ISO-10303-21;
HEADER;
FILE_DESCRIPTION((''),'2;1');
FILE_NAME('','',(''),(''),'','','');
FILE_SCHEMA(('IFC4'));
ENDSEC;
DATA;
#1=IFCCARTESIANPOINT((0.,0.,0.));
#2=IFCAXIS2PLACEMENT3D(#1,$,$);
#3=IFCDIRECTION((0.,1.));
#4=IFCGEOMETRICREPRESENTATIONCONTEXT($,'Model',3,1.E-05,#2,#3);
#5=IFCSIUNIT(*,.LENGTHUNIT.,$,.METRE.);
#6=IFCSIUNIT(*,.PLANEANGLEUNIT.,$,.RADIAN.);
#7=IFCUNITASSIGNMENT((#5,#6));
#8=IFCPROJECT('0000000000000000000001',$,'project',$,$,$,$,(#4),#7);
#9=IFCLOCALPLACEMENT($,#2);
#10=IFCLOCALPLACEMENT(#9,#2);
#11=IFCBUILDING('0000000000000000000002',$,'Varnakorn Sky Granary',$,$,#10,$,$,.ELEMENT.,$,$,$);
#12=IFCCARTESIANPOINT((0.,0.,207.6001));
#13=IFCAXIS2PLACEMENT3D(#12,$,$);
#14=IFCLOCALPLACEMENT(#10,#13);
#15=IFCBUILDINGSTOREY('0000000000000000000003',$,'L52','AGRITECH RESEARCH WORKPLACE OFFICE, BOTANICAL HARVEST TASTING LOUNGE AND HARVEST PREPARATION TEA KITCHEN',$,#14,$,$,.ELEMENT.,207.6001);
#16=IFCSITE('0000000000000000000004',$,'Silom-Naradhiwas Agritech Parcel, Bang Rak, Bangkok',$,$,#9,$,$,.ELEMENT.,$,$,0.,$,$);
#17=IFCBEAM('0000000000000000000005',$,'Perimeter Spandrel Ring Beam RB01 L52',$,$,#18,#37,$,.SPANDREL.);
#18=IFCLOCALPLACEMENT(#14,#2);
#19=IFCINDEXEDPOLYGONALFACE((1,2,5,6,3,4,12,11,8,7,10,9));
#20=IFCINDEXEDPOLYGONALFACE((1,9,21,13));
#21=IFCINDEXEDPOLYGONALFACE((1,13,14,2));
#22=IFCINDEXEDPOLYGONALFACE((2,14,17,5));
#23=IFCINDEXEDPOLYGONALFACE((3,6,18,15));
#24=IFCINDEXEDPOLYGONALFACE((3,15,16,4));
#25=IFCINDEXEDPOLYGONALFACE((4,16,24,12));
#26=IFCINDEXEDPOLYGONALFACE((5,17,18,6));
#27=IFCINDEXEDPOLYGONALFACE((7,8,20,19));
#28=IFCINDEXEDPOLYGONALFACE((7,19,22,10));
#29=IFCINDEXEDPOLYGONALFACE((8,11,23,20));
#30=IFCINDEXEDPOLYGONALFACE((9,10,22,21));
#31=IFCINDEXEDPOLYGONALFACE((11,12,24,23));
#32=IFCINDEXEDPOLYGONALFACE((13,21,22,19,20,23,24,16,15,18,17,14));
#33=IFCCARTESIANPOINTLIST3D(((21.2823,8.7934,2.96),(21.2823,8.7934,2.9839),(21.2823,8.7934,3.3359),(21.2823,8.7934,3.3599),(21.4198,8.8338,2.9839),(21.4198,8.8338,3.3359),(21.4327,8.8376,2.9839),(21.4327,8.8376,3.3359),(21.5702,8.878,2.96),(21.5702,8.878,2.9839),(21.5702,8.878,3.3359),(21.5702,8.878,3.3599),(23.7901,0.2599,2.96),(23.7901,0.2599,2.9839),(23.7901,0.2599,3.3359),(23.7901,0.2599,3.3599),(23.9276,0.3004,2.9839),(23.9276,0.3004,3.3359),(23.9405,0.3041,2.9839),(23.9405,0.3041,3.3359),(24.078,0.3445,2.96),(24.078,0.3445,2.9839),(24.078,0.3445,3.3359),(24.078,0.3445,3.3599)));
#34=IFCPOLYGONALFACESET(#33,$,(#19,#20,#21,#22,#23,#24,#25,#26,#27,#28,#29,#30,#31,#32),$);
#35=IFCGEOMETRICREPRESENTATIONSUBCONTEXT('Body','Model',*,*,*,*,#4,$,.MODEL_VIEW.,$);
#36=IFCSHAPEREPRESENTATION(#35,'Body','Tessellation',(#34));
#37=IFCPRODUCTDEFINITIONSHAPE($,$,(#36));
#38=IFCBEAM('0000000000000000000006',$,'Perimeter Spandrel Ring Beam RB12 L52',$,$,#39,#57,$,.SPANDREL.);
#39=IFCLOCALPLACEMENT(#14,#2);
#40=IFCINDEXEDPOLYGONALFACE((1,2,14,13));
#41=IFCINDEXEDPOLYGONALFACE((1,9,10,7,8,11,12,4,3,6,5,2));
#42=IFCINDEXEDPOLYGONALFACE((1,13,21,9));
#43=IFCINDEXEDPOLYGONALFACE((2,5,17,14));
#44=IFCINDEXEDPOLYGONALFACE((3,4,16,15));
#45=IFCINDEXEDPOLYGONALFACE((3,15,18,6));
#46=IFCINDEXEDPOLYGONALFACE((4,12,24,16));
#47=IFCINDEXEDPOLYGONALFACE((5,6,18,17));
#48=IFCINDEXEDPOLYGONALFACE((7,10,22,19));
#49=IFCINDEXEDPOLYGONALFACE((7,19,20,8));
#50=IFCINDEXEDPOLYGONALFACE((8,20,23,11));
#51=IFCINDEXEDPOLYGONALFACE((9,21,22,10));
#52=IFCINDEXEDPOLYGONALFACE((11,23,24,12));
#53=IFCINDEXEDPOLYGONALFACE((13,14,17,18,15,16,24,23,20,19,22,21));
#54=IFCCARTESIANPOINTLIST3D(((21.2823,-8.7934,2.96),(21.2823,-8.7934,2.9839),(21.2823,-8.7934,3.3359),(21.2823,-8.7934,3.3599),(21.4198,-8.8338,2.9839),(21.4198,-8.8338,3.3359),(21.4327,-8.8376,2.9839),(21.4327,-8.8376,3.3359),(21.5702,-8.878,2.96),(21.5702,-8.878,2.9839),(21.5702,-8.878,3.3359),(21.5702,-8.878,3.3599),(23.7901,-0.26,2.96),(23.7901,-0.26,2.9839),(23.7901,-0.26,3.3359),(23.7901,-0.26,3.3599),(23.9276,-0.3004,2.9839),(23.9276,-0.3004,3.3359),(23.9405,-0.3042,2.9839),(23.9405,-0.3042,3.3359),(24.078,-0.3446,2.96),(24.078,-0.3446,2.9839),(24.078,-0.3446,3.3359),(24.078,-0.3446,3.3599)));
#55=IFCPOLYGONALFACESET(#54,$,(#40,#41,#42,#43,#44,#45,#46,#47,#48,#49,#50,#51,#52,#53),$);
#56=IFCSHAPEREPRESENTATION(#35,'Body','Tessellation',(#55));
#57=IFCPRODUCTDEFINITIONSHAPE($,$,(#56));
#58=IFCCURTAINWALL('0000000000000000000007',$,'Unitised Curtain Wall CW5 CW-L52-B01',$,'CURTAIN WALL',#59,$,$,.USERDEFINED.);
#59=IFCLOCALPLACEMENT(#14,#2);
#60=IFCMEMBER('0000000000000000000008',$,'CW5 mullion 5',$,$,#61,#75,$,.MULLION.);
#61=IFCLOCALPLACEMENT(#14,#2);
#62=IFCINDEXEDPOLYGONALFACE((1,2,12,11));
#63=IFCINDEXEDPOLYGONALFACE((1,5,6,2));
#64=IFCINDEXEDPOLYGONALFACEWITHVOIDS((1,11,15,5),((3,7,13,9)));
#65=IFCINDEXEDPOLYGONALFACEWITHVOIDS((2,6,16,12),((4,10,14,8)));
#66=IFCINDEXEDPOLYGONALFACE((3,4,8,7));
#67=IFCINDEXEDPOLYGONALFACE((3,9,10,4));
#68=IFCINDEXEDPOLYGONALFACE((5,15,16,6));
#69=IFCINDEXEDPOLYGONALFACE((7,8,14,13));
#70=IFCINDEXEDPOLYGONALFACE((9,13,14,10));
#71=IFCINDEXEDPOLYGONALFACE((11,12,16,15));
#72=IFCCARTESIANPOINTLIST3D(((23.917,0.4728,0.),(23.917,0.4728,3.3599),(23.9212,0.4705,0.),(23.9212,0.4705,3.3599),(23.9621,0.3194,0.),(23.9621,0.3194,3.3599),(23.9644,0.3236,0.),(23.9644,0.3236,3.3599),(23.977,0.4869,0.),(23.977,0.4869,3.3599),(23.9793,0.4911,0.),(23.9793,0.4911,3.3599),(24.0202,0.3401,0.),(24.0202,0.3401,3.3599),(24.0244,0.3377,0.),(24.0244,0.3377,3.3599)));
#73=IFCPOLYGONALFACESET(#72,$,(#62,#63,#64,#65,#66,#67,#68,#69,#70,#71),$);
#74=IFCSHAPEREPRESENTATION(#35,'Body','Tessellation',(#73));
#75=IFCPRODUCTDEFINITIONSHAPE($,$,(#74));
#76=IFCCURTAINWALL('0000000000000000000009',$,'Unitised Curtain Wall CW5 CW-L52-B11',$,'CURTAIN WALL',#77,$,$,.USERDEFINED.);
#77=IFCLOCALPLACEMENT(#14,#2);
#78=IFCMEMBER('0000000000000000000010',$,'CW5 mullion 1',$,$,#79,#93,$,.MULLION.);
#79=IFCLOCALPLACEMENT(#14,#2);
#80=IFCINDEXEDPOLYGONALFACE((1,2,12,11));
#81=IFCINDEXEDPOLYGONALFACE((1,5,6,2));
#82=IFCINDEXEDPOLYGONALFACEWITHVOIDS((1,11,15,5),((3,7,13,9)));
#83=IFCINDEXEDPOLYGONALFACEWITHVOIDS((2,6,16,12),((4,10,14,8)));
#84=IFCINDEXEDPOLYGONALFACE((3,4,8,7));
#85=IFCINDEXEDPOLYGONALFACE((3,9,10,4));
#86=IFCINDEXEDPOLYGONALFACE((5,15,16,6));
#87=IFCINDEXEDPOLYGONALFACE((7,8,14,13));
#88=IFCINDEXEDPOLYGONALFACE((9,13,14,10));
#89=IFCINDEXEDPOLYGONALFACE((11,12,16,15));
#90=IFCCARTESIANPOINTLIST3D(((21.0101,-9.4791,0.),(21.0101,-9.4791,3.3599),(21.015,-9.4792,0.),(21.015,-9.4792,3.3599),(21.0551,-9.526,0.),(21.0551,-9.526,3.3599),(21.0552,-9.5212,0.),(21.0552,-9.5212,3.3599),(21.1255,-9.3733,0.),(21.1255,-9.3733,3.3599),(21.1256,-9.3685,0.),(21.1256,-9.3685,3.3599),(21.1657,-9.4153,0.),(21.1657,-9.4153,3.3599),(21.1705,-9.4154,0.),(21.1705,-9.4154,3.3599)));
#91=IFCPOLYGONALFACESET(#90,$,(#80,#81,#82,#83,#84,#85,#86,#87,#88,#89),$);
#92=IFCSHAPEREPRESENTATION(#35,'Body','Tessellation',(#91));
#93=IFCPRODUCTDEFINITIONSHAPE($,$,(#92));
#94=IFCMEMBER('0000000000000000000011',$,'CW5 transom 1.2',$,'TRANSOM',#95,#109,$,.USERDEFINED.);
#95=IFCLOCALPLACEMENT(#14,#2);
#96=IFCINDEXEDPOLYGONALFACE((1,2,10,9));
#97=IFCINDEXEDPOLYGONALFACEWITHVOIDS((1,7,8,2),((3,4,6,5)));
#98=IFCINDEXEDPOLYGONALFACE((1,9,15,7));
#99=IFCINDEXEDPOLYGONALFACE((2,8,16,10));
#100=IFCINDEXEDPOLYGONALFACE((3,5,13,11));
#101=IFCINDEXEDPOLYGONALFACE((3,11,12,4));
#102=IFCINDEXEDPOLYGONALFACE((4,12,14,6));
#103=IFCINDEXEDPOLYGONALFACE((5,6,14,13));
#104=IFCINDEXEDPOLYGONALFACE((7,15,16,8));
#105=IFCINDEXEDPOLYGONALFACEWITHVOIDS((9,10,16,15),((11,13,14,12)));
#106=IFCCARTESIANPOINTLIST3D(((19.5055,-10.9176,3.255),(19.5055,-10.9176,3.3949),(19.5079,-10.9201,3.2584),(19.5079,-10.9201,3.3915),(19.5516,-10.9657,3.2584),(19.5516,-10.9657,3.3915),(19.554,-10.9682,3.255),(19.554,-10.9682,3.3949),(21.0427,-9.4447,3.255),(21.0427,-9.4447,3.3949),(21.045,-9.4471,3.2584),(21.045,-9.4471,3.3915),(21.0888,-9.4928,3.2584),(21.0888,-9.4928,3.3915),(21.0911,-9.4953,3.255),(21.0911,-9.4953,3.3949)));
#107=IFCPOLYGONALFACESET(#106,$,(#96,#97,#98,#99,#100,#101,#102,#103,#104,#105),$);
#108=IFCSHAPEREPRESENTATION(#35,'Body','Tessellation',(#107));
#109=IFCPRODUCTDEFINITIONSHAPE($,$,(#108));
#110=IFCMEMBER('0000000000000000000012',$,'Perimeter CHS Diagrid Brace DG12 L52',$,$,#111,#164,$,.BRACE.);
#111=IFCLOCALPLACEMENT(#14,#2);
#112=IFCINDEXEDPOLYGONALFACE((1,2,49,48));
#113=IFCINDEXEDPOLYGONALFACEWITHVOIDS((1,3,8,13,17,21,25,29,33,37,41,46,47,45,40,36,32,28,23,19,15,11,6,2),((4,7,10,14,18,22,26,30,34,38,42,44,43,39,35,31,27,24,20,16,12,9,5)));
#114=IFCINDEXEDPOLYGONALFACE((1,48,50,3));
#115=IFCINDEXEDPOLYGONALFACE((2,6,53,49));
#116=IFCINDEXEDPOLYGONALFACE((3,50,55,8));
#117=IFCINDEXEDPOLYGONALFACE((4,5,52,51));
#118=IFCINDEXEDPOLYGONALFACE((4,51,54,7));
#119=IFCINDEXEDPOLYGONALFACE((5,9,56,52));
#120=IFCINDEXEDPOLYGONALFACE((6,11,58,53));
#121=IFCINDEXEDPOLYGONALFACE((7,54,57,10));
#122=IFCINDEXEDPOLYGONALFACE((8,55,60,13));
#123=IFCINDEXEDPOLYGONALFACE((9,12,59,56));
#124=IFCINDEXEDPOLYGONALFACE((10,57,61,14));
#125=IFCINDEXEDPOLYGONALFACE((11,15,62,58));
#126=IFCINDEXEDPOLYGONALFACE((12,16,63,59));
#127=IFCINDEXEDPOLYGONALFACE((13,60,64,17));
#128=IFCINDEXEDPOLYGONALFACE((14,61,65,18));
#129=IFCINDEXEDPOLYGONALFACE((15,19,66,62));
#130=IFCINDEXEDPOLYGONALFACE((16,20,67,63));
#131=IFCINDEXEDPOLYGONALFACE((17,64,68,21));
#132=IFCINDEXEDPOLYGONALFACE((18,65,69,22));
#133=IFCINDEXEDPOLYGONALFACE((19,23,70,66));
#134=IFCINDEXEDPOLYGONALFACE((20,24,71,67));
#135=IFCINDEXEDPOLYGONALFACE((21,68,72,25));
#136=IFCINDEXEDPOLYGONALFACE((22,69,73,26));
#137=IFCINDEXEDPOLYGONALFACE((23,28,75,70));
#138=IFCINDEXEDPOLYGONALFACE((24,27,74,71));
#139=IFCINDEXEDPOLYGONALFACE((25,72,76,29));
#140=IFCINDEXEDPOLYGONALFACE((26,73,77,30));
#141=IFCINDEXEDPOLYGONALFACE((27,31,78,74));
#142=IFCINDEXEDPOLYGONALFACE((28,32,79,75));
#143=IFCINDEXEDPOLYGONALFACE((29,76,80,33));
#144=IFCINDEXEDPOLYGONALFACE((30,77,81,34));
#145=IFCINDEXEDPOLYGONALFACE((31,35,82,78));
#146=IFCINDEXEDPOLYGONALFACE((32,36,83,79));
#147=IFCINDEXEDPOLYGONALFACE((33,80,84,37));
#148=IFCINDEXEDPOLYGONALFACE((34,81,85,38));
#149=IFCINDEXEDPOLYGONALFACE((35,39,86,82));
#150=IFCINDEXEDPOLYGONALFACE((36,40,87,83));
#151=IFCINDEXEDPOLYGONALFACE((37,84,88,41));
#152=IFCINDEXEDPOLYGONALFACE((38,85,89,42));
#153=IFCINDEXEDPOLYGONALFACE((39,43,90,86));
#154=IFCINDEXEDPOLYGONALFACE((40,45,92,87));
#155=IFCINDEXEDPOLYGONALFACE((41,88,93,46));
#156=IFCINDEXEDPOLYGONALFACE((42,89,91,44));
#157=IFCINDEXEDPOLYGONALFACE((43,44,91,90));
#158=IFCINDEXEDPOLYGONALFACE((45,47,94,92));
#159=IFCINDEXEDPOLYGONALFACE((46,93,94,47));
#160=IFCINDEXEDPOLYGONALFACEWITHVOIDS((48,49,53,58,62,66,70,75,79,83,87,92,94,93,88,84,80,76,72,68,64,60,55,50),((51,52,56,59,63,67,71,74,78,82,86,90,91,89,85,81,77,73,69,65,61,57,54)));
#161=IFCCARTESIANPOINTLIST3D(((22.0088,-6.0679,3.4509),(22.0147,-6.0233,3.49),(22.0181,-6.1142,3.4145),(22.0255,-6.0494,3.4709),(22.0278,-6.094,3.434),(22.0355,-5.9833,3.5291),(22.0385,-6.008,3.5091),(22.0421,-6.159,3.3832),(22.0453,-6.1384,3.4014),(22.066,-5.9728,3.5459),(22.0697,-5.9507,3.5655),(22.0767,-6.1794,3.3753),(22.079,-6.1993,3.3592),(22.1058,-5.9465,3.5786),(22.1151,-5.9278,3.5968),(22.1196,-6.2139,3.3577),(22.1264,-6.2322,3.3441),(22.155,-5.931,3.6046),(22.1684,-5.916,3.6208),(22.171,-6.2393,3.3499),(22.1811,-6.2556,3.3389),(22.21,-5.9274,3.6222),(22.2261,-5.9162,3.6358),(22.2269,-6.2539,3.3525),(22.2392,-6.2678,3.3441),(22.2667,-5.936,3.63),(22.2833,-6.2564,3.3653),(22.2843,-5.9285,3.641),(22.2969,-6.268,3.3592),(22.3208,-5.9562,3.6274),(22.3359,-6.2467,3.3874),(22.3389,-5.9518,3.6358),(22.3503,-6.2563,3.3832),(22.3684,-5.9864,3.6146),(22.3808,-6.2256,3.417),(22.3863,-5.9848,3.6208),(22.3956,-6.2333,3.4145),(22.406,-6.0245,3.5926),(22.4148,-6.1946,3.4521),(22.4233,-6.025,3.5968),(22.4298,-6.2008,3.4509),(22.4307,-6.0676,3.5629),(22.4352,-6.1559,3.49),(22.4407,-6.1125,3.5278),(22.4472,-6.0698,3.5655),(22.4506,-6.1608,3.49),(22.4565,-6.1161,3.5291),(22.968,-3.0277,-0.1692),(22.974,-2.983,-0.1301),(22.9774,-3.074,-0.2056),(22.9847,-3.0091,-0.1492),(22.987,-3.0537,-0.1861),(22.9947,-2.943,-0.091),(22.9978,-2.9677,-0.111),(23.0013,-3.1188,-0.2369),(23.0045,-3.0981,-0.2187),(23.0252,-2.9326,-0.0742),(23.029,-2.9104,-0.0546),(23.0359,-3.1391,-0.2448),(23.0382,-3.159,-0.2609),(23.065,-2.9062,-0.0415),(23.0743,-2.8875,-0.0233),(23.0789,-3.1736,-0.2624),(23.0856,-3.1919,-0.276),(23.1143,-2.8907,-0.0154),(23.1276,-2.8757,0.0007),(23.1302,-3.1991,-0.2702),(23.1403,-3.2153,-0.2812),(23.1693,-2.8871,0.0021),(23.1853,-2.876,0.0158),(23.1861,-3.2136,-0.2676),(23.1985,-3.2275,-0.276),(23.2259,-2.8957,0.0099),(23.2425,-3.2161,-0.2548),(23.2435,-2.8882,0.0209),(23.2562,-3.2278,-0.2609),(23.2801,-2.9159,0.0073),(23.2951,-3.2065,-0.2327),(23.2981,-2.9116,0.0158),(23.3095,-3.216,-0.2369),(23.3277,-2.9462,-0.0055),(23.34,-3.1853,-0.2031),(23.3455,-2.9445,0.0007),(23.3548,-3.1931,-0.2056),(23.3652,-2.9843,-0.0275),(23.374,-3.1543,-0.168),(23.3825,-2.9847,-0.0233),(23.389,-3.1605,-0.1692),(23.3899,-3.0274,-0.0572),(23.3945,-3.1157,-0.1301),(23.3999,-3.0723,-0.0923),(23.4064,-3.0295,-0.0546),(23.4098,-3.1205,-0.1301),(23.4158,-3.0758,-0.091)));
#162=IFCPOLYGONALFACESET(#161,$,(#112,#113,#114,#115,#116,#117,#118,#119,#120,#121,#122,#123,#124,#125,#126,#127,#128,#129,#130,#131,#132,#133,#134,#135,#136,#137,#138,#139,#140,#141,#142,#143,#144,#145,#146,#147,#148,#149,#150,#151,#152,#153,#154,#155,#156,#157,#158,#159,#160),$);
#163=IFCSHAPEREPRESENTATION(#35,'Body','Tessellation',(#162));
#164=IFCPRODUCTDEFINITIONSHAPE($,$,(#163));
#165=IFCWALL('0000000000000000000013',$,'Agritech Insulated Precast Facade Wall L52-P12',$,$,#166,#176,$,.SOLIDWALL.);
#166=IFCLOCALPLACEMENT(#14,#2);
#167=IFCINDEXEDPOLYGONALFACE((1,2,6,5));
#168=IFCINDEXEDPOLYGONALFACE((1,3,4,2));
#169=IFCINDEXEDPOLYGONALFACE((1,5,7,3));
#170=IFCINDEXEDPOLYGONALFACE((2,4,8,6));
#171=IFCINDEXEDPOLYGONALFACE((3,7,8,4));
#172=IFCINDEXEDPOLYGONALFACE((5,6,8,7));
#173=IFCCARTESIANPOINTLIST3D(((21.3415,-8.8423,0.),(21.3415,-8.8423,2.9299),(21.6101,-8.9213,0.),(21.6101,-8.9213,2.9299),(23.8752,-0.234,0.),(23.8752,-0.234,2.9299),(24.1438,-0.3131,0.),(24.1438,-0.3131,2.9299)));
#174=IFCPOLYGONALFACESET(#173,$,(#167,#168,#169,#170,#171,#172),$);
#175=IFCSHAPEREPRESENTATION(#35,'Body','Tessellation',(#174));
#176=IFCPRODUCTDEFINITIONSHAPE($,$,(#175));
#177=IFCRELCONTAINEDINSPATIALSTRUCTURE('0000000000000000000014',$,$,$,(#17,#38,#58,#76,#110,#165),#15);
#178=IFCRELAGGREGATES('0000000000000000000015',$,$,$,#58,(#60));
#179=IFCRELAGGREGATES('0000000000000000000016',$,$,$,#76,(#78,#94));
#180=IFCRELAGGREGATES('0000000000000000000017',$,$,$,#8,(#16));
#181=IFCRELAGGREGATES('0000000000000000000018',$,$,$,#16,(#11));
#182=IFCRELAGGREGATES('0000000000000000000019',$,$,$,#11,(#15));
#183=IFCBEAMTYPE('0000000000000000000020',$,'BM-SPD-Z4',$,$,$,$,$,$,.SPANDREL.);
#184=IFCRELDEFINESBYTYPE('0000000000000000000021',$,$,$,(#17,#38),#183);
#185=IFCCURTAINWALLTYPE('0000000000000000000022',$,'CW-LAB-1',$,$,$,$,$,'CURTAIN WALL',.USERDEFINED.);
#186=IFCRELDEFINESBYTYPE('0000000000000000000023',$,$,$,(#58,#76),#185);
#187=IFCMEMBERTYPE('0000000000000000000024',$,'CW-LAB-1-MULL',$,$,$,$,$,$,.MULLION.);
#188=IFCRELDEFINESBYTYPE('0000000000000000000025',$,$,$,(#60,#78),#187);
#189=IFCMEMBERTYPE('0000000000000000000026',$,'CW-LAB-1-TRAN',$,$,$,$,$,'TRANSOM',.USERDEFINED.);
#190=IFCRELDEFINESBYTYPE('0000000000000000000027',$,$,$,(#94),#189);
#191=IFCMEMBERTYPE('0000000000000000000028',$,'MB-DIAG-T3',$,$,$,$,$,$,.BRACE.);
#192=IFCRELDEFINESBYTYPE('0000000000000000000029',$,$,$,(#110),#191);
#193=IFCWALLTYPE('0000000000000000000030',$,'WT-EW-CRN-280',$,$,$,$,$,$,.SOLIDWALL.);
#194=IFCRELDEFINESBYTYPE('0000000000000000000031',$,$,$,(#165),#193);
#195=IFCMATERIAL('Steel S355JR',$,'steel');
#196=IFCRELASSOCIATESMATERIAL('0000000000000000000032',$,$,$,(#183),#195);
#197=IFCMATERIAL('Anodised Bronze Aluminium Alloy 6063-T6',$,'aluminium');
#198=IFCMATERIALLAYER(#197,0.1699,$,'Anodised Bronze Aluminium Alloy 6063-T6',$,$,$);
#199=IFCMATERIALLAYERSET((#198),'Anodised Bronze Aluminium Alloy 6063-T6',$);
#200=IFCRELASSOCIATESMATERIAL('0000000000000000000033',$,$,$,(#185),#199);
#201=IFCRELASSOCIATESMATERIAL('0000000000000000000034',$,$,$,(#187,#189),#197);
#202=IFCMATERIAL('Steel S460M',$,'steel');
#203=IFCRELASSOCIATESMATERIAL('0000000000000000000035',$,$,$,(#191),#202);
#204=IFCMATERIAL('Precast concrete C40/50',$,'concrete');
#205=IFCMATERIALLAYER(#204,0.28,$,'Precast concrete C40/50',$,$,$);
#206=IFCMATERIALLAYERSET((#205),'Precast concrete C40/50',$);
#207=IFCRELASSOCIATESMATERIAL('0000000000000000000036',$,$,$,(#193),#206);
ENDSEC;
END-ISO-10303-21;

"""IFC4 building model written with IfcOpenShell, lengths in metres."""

from ifc_helpers import new_model, si_unit, direction, frame, frame_2d, origin, origin_2d, place, context, subcontext, project, spatial, rectangle, hollow_rectangle, hollow_circle, i_section, extrude, material, layer, layer_set, material_profile, profile_set, type_object, element, aggregate, save


model = new_model("IFC4")

# Units and contexts
model_context = context("Model", 3, precision=1e-05, world=origin(), true_north=direction((0.0, 1.0)))
body_context = subcontext(model_context, "Body", "Model", "MODEL_VIEW")
ifc_project = project(units=[si_unit("LENGTHUNIT", "METRE"), si_unit("PLANEANGLEUNIT", "RADIAN")], contexts=[model_context])

# Site, building, storey
site_placement = place(None, origin())
site = spatial("IfcSite", under=ifc_project, at=site_placement, Name="Silom-Naradhiwas Agritech Parcel, Bang Rak, Bangkok", CompositionType="ELEMENT", RefElevation=0.0)
building_placement = place(site_placement, origin())
building = spatial("IfcBuilding", under=site, at=building_placement, Name="Varnakorn Sky Granary", CompositionType="ELEMENT")
storey_placement = place(building_placement, frame((0.0, 0.0, 207.6001)))
storey = spatial("IfcBuildingStorey", under=building, at=storey_placement, Name="L52", Description="AGRITECH RESEARCH WORKPLACE OFFICE, BOTANICAL HARVEST TASTING LOUNGE AND HARVEST PREPARATION TEA KITCHEN", CompositionType="ELEMENT", Elevation=207.6001)

# Shared definitions
ifc_material_1 = material(Name="Steel S460M", Category="steel")

# Beams
ifc_material_2 = material(Name="Steel S355JR", Category="steel")
ifc_material_profile_1 = material_profile(ifc_material_2, i_section(OverallWidth=0.3, OverallDepth=0.3999, WebThickness=0.0134, FlangeThickness=0.0239, at=origin_2d()), Name="HE 400 B")
ifc_profile_set_1 = profile_set([ifc_material_profile_1], Name="Steel S355JR")
beam_type_1 = type_object("IfcBeamType", Name="BM-SPD-Z4", PredefinedType="SPANDREL", material=ifc_profile_set_1)
for number, where, z_axis, x_axis, name in (
    (1, (23.9341, 0.3022, 3.1599), (-0.281957, 0.959427, 0.0), (-0.959427, -0.281957, 0.0), "Perimeter Spandrel Ring Beam RB01 L52"),
    (2, (21.4263, -8.8357, 3.1599), (0.281957, 0.959427, 0.0), (-0.959427, 0.281957, 0.0), "Perimeter Spandrel Ring Beam RB12 L52"),
):
    element("IfcBeam", number, at=place(storey_placement, frame(where, z_axis=z_axis, x_axis=x_axis)), inside=storey, type_object=beam_type_1, Name=name, PredefinedType="SPANDREL", context=body_context, shape_type="SweptSolid", body=[
        extrude(i_section(OverallWidth=0.3, OverallDepth=0.3999, WebThickness=0.0134, FlangeThickness=0.0239, at=origin_2d()), origin(), (0.0, 0.0, 1.0), 8.8943),
    ])

# Curtain wall, member
ifc_material_3 = material(Name="Anodised Bronze Aluminium Alloy 6063-T6", Category="aluminium")
ifc_layer_1 = layer(ifc_material_3, 0.1699, Name="Anodised Bronze Aluminium Alloy 6063-T6")
ifc_layer_set_1 = layer_set([ifc_layer_1], Name="Anodised Bronze Aluminium Alloy 6063-T6")
curtain_wall_type = type_object("IfcCurtainWallType", Name="CW-LAB-1", ElementType="CURTAIN WALL", PredefinedType="USERDEFINED", material=ifc_layer_set_1)
curtain_wall_1_placement = place(storey_placement, origin())
curtain_wall_1 = element("IfcCurtainWall", 3, at=curtain_wall_1_placement, inside=storey, type_object=curtain_wall_type, Name="Unitised Curtain Wall CW5 CW-L52-B01", ObjectType="CURTAIN WALL", PredefinedType="USERDEFINED")
ifc_material_profile_2 = material_profile(ifc_material_3, hollow_rectangle(XDim=0.0649, YDim=0.1599, WallThickness=0.0034, at=origin_2d()), Name="ALU MULL 65x160")
ifc_profile_set_2 = profile_set([ifc_material_profile_2], Name="Anodised Bronze Aluminium Alloy 6063-T6")
member_type_1 = type_object("IfcMemberType", Name="CW-LAB-1-MULL", PredefinedType="MULLION", material=ifc_profile_set_2)
member_1_placement = place(storey_placement, frame((23.9707, 0.4053, 0.0), z_axis=(0.0, 0.0, 1.0), x_axis=(0.95931, 0.282357, 0.0)))
member_1 = element("IfcMember", 4, at=member_1_placement, type_object=member_type_1, Name="CW5 mullion 5", PredefinedType="MULLION", context=body_context, shape_type="SweptSolid", body=[
    extrude(hollow_rectangle(XDim=0.0649, YDim=0.1599, WallThickness=0.0034, at=origin_2d()), origin(), (0.0, 0.0, 1.0), 3.3599),
])
aggregate(curtain_wall_1, [member_1])

# Curtain wall, members
curtain_wall_2_placement = place(storey_placement, origin())
curtain_wall_2 = element("IfcCurtainWall", 5, at=curtain_wall_2_placement, inside=storey, type_object=curtain_wall_type, Name="Unitised Curtain Wall CW5 CW-L52-B11", ObjectType="CURTAIN WALL", PredefinedType="USERDEFINED")
member_2_placement = place(storey_placement, frame((21.0903, -9.4473, 0.0), z_axis=(0.0, 0.0, 1.0), x_axis=(0.691923, -0.721971, 0.0)))
member_2 = element("IfcMember", 6, at=member_2_placement, type_object=member_type_1, Name="CW5 mullion 1", PredefinedType="MULLION", context=body_context, shape_type="SweptSolid", body=[
    extrude(hollow_rectangle(XDim=0.0649, YDim=0.1599, WallThickness=0.0034, at=origin_2d()), origin(), (0.0, 0.0, 1.0), 3.3599),
])
ifc_material_profile_3 = material_profile(ifc_material_3, hollow_rectangle(XDim=0.0701, YDim=0.1399, WallThickness=0.0034, at=origin_2d()), Name="ALU TRAN 70x140")
ifc_profile_set_3 = profile_set([ifc_material_profile_3], Name="Anodised Bronze Aluminium Alloy 6063-T6")
member_type_2 = type_object("IfcMemberType", Name="CW-LAB-1-TRAN", ElementType="TRANSOM", PredefinedType="USERDEFINED", material=ifc_profile_set_3)
member_3_placement = place(storey_placement, frame((21.0669, -9.47, 3.325), z_axis=(-0.722026, -0.691866, 0.0), x_axis=(0.691866, -0.722026, 0.0)))
member_3 = element("IfcMember", 7, at=member_3_placement, type_object=member_type_2, Name="CW5 transom 1.2", ObjectType="TRANSOM", PredefinedType="USERDEFINED", context=body_context, shape_type="SweptSolid", body=[
    extrude(hollow_rectangle(XDim=0.0701, YDim=0.1399, WallThickness=0.0034, at=origin_2d()), origin(), (0.0, 0.0, 1.0), 2.1289),
])
aggregate(curtain_wall_2, [member_2, member_3])

# Member
ifc_material_profile_4 = material_profile(ifc_material_1, hollow_circle(Radius=0.2285, WallThickness=0.0161, at=origin_2d()), Name="CHS 457x16")
ifc_profile_set_4 = profile_set([ifc_material_profile_4], Name="Steel S460M")
member_type_3 = type_object("IfcMemberType", Name="MB-DIAG-T3", PredefinedType="BRACE", material=ifc_profile_set_4)
member_4_placement = place(storey_placement, frame((23.1919, -3.0518, -0.1301), z_axis=(-0.198855, -0.630272, 0.750476), x_axis=(0.95366, -0.300886, 0.0)))
element("IfcMember", 8, at=member_4_placement, inside=storey, type_object=member_type_3, Name="Perimeter CHS Diagrid Brace DG12 L52", PredefinedType="BRACE", context=body_context, shape_type="SweptSolid", body=[
    extrude(hollow_circle(Radius=0.2285, WallThickness=0.0161, at=origin_2d()), origin(), (0.0, 0.0, 1.0), 4.8237),
])

# Wall
ifc_material_4 = material(Name="Precast concrete C40/50", Category="concrete")
ifc_layer_2 = layer(ifc_material_4, 0.28, Name="Precast concrete C40/50")
ifc_layer_set_2 = layer_set([ifc_layer_2], Name="Precast concrete C40/50")
wall_type_1 = type_object("IfcWallType", Name="WT-EW-CRN-280", PredefinedType="SOLIDWALL", material=ifc_layer_set_2)
wall_1_placement = place(storey_placement, frame((24.0095, -0.2734, 0.0), z_axis=(0.0, 0.0, 1.0), x_axis=(-0.282359, -0.959309, 0.0)))
element("IfcWall", 9, at=wall_1_placement, inside=storey, type_object=wall_type_1, Name="Agritech Insulated Precast Facade Wall L52-P12", PredefinedType="SOLIDWALL", context=body_context, shape_type="SweptSolid", body=[
    extrude(rectangle(XDim=8.9734, YDim=0.28, at=frame_2d((4.4868, 0.0))), origin(), (0.0, 0.0, 1.0), 2.9299),
])

save(model, "model.ifc")
